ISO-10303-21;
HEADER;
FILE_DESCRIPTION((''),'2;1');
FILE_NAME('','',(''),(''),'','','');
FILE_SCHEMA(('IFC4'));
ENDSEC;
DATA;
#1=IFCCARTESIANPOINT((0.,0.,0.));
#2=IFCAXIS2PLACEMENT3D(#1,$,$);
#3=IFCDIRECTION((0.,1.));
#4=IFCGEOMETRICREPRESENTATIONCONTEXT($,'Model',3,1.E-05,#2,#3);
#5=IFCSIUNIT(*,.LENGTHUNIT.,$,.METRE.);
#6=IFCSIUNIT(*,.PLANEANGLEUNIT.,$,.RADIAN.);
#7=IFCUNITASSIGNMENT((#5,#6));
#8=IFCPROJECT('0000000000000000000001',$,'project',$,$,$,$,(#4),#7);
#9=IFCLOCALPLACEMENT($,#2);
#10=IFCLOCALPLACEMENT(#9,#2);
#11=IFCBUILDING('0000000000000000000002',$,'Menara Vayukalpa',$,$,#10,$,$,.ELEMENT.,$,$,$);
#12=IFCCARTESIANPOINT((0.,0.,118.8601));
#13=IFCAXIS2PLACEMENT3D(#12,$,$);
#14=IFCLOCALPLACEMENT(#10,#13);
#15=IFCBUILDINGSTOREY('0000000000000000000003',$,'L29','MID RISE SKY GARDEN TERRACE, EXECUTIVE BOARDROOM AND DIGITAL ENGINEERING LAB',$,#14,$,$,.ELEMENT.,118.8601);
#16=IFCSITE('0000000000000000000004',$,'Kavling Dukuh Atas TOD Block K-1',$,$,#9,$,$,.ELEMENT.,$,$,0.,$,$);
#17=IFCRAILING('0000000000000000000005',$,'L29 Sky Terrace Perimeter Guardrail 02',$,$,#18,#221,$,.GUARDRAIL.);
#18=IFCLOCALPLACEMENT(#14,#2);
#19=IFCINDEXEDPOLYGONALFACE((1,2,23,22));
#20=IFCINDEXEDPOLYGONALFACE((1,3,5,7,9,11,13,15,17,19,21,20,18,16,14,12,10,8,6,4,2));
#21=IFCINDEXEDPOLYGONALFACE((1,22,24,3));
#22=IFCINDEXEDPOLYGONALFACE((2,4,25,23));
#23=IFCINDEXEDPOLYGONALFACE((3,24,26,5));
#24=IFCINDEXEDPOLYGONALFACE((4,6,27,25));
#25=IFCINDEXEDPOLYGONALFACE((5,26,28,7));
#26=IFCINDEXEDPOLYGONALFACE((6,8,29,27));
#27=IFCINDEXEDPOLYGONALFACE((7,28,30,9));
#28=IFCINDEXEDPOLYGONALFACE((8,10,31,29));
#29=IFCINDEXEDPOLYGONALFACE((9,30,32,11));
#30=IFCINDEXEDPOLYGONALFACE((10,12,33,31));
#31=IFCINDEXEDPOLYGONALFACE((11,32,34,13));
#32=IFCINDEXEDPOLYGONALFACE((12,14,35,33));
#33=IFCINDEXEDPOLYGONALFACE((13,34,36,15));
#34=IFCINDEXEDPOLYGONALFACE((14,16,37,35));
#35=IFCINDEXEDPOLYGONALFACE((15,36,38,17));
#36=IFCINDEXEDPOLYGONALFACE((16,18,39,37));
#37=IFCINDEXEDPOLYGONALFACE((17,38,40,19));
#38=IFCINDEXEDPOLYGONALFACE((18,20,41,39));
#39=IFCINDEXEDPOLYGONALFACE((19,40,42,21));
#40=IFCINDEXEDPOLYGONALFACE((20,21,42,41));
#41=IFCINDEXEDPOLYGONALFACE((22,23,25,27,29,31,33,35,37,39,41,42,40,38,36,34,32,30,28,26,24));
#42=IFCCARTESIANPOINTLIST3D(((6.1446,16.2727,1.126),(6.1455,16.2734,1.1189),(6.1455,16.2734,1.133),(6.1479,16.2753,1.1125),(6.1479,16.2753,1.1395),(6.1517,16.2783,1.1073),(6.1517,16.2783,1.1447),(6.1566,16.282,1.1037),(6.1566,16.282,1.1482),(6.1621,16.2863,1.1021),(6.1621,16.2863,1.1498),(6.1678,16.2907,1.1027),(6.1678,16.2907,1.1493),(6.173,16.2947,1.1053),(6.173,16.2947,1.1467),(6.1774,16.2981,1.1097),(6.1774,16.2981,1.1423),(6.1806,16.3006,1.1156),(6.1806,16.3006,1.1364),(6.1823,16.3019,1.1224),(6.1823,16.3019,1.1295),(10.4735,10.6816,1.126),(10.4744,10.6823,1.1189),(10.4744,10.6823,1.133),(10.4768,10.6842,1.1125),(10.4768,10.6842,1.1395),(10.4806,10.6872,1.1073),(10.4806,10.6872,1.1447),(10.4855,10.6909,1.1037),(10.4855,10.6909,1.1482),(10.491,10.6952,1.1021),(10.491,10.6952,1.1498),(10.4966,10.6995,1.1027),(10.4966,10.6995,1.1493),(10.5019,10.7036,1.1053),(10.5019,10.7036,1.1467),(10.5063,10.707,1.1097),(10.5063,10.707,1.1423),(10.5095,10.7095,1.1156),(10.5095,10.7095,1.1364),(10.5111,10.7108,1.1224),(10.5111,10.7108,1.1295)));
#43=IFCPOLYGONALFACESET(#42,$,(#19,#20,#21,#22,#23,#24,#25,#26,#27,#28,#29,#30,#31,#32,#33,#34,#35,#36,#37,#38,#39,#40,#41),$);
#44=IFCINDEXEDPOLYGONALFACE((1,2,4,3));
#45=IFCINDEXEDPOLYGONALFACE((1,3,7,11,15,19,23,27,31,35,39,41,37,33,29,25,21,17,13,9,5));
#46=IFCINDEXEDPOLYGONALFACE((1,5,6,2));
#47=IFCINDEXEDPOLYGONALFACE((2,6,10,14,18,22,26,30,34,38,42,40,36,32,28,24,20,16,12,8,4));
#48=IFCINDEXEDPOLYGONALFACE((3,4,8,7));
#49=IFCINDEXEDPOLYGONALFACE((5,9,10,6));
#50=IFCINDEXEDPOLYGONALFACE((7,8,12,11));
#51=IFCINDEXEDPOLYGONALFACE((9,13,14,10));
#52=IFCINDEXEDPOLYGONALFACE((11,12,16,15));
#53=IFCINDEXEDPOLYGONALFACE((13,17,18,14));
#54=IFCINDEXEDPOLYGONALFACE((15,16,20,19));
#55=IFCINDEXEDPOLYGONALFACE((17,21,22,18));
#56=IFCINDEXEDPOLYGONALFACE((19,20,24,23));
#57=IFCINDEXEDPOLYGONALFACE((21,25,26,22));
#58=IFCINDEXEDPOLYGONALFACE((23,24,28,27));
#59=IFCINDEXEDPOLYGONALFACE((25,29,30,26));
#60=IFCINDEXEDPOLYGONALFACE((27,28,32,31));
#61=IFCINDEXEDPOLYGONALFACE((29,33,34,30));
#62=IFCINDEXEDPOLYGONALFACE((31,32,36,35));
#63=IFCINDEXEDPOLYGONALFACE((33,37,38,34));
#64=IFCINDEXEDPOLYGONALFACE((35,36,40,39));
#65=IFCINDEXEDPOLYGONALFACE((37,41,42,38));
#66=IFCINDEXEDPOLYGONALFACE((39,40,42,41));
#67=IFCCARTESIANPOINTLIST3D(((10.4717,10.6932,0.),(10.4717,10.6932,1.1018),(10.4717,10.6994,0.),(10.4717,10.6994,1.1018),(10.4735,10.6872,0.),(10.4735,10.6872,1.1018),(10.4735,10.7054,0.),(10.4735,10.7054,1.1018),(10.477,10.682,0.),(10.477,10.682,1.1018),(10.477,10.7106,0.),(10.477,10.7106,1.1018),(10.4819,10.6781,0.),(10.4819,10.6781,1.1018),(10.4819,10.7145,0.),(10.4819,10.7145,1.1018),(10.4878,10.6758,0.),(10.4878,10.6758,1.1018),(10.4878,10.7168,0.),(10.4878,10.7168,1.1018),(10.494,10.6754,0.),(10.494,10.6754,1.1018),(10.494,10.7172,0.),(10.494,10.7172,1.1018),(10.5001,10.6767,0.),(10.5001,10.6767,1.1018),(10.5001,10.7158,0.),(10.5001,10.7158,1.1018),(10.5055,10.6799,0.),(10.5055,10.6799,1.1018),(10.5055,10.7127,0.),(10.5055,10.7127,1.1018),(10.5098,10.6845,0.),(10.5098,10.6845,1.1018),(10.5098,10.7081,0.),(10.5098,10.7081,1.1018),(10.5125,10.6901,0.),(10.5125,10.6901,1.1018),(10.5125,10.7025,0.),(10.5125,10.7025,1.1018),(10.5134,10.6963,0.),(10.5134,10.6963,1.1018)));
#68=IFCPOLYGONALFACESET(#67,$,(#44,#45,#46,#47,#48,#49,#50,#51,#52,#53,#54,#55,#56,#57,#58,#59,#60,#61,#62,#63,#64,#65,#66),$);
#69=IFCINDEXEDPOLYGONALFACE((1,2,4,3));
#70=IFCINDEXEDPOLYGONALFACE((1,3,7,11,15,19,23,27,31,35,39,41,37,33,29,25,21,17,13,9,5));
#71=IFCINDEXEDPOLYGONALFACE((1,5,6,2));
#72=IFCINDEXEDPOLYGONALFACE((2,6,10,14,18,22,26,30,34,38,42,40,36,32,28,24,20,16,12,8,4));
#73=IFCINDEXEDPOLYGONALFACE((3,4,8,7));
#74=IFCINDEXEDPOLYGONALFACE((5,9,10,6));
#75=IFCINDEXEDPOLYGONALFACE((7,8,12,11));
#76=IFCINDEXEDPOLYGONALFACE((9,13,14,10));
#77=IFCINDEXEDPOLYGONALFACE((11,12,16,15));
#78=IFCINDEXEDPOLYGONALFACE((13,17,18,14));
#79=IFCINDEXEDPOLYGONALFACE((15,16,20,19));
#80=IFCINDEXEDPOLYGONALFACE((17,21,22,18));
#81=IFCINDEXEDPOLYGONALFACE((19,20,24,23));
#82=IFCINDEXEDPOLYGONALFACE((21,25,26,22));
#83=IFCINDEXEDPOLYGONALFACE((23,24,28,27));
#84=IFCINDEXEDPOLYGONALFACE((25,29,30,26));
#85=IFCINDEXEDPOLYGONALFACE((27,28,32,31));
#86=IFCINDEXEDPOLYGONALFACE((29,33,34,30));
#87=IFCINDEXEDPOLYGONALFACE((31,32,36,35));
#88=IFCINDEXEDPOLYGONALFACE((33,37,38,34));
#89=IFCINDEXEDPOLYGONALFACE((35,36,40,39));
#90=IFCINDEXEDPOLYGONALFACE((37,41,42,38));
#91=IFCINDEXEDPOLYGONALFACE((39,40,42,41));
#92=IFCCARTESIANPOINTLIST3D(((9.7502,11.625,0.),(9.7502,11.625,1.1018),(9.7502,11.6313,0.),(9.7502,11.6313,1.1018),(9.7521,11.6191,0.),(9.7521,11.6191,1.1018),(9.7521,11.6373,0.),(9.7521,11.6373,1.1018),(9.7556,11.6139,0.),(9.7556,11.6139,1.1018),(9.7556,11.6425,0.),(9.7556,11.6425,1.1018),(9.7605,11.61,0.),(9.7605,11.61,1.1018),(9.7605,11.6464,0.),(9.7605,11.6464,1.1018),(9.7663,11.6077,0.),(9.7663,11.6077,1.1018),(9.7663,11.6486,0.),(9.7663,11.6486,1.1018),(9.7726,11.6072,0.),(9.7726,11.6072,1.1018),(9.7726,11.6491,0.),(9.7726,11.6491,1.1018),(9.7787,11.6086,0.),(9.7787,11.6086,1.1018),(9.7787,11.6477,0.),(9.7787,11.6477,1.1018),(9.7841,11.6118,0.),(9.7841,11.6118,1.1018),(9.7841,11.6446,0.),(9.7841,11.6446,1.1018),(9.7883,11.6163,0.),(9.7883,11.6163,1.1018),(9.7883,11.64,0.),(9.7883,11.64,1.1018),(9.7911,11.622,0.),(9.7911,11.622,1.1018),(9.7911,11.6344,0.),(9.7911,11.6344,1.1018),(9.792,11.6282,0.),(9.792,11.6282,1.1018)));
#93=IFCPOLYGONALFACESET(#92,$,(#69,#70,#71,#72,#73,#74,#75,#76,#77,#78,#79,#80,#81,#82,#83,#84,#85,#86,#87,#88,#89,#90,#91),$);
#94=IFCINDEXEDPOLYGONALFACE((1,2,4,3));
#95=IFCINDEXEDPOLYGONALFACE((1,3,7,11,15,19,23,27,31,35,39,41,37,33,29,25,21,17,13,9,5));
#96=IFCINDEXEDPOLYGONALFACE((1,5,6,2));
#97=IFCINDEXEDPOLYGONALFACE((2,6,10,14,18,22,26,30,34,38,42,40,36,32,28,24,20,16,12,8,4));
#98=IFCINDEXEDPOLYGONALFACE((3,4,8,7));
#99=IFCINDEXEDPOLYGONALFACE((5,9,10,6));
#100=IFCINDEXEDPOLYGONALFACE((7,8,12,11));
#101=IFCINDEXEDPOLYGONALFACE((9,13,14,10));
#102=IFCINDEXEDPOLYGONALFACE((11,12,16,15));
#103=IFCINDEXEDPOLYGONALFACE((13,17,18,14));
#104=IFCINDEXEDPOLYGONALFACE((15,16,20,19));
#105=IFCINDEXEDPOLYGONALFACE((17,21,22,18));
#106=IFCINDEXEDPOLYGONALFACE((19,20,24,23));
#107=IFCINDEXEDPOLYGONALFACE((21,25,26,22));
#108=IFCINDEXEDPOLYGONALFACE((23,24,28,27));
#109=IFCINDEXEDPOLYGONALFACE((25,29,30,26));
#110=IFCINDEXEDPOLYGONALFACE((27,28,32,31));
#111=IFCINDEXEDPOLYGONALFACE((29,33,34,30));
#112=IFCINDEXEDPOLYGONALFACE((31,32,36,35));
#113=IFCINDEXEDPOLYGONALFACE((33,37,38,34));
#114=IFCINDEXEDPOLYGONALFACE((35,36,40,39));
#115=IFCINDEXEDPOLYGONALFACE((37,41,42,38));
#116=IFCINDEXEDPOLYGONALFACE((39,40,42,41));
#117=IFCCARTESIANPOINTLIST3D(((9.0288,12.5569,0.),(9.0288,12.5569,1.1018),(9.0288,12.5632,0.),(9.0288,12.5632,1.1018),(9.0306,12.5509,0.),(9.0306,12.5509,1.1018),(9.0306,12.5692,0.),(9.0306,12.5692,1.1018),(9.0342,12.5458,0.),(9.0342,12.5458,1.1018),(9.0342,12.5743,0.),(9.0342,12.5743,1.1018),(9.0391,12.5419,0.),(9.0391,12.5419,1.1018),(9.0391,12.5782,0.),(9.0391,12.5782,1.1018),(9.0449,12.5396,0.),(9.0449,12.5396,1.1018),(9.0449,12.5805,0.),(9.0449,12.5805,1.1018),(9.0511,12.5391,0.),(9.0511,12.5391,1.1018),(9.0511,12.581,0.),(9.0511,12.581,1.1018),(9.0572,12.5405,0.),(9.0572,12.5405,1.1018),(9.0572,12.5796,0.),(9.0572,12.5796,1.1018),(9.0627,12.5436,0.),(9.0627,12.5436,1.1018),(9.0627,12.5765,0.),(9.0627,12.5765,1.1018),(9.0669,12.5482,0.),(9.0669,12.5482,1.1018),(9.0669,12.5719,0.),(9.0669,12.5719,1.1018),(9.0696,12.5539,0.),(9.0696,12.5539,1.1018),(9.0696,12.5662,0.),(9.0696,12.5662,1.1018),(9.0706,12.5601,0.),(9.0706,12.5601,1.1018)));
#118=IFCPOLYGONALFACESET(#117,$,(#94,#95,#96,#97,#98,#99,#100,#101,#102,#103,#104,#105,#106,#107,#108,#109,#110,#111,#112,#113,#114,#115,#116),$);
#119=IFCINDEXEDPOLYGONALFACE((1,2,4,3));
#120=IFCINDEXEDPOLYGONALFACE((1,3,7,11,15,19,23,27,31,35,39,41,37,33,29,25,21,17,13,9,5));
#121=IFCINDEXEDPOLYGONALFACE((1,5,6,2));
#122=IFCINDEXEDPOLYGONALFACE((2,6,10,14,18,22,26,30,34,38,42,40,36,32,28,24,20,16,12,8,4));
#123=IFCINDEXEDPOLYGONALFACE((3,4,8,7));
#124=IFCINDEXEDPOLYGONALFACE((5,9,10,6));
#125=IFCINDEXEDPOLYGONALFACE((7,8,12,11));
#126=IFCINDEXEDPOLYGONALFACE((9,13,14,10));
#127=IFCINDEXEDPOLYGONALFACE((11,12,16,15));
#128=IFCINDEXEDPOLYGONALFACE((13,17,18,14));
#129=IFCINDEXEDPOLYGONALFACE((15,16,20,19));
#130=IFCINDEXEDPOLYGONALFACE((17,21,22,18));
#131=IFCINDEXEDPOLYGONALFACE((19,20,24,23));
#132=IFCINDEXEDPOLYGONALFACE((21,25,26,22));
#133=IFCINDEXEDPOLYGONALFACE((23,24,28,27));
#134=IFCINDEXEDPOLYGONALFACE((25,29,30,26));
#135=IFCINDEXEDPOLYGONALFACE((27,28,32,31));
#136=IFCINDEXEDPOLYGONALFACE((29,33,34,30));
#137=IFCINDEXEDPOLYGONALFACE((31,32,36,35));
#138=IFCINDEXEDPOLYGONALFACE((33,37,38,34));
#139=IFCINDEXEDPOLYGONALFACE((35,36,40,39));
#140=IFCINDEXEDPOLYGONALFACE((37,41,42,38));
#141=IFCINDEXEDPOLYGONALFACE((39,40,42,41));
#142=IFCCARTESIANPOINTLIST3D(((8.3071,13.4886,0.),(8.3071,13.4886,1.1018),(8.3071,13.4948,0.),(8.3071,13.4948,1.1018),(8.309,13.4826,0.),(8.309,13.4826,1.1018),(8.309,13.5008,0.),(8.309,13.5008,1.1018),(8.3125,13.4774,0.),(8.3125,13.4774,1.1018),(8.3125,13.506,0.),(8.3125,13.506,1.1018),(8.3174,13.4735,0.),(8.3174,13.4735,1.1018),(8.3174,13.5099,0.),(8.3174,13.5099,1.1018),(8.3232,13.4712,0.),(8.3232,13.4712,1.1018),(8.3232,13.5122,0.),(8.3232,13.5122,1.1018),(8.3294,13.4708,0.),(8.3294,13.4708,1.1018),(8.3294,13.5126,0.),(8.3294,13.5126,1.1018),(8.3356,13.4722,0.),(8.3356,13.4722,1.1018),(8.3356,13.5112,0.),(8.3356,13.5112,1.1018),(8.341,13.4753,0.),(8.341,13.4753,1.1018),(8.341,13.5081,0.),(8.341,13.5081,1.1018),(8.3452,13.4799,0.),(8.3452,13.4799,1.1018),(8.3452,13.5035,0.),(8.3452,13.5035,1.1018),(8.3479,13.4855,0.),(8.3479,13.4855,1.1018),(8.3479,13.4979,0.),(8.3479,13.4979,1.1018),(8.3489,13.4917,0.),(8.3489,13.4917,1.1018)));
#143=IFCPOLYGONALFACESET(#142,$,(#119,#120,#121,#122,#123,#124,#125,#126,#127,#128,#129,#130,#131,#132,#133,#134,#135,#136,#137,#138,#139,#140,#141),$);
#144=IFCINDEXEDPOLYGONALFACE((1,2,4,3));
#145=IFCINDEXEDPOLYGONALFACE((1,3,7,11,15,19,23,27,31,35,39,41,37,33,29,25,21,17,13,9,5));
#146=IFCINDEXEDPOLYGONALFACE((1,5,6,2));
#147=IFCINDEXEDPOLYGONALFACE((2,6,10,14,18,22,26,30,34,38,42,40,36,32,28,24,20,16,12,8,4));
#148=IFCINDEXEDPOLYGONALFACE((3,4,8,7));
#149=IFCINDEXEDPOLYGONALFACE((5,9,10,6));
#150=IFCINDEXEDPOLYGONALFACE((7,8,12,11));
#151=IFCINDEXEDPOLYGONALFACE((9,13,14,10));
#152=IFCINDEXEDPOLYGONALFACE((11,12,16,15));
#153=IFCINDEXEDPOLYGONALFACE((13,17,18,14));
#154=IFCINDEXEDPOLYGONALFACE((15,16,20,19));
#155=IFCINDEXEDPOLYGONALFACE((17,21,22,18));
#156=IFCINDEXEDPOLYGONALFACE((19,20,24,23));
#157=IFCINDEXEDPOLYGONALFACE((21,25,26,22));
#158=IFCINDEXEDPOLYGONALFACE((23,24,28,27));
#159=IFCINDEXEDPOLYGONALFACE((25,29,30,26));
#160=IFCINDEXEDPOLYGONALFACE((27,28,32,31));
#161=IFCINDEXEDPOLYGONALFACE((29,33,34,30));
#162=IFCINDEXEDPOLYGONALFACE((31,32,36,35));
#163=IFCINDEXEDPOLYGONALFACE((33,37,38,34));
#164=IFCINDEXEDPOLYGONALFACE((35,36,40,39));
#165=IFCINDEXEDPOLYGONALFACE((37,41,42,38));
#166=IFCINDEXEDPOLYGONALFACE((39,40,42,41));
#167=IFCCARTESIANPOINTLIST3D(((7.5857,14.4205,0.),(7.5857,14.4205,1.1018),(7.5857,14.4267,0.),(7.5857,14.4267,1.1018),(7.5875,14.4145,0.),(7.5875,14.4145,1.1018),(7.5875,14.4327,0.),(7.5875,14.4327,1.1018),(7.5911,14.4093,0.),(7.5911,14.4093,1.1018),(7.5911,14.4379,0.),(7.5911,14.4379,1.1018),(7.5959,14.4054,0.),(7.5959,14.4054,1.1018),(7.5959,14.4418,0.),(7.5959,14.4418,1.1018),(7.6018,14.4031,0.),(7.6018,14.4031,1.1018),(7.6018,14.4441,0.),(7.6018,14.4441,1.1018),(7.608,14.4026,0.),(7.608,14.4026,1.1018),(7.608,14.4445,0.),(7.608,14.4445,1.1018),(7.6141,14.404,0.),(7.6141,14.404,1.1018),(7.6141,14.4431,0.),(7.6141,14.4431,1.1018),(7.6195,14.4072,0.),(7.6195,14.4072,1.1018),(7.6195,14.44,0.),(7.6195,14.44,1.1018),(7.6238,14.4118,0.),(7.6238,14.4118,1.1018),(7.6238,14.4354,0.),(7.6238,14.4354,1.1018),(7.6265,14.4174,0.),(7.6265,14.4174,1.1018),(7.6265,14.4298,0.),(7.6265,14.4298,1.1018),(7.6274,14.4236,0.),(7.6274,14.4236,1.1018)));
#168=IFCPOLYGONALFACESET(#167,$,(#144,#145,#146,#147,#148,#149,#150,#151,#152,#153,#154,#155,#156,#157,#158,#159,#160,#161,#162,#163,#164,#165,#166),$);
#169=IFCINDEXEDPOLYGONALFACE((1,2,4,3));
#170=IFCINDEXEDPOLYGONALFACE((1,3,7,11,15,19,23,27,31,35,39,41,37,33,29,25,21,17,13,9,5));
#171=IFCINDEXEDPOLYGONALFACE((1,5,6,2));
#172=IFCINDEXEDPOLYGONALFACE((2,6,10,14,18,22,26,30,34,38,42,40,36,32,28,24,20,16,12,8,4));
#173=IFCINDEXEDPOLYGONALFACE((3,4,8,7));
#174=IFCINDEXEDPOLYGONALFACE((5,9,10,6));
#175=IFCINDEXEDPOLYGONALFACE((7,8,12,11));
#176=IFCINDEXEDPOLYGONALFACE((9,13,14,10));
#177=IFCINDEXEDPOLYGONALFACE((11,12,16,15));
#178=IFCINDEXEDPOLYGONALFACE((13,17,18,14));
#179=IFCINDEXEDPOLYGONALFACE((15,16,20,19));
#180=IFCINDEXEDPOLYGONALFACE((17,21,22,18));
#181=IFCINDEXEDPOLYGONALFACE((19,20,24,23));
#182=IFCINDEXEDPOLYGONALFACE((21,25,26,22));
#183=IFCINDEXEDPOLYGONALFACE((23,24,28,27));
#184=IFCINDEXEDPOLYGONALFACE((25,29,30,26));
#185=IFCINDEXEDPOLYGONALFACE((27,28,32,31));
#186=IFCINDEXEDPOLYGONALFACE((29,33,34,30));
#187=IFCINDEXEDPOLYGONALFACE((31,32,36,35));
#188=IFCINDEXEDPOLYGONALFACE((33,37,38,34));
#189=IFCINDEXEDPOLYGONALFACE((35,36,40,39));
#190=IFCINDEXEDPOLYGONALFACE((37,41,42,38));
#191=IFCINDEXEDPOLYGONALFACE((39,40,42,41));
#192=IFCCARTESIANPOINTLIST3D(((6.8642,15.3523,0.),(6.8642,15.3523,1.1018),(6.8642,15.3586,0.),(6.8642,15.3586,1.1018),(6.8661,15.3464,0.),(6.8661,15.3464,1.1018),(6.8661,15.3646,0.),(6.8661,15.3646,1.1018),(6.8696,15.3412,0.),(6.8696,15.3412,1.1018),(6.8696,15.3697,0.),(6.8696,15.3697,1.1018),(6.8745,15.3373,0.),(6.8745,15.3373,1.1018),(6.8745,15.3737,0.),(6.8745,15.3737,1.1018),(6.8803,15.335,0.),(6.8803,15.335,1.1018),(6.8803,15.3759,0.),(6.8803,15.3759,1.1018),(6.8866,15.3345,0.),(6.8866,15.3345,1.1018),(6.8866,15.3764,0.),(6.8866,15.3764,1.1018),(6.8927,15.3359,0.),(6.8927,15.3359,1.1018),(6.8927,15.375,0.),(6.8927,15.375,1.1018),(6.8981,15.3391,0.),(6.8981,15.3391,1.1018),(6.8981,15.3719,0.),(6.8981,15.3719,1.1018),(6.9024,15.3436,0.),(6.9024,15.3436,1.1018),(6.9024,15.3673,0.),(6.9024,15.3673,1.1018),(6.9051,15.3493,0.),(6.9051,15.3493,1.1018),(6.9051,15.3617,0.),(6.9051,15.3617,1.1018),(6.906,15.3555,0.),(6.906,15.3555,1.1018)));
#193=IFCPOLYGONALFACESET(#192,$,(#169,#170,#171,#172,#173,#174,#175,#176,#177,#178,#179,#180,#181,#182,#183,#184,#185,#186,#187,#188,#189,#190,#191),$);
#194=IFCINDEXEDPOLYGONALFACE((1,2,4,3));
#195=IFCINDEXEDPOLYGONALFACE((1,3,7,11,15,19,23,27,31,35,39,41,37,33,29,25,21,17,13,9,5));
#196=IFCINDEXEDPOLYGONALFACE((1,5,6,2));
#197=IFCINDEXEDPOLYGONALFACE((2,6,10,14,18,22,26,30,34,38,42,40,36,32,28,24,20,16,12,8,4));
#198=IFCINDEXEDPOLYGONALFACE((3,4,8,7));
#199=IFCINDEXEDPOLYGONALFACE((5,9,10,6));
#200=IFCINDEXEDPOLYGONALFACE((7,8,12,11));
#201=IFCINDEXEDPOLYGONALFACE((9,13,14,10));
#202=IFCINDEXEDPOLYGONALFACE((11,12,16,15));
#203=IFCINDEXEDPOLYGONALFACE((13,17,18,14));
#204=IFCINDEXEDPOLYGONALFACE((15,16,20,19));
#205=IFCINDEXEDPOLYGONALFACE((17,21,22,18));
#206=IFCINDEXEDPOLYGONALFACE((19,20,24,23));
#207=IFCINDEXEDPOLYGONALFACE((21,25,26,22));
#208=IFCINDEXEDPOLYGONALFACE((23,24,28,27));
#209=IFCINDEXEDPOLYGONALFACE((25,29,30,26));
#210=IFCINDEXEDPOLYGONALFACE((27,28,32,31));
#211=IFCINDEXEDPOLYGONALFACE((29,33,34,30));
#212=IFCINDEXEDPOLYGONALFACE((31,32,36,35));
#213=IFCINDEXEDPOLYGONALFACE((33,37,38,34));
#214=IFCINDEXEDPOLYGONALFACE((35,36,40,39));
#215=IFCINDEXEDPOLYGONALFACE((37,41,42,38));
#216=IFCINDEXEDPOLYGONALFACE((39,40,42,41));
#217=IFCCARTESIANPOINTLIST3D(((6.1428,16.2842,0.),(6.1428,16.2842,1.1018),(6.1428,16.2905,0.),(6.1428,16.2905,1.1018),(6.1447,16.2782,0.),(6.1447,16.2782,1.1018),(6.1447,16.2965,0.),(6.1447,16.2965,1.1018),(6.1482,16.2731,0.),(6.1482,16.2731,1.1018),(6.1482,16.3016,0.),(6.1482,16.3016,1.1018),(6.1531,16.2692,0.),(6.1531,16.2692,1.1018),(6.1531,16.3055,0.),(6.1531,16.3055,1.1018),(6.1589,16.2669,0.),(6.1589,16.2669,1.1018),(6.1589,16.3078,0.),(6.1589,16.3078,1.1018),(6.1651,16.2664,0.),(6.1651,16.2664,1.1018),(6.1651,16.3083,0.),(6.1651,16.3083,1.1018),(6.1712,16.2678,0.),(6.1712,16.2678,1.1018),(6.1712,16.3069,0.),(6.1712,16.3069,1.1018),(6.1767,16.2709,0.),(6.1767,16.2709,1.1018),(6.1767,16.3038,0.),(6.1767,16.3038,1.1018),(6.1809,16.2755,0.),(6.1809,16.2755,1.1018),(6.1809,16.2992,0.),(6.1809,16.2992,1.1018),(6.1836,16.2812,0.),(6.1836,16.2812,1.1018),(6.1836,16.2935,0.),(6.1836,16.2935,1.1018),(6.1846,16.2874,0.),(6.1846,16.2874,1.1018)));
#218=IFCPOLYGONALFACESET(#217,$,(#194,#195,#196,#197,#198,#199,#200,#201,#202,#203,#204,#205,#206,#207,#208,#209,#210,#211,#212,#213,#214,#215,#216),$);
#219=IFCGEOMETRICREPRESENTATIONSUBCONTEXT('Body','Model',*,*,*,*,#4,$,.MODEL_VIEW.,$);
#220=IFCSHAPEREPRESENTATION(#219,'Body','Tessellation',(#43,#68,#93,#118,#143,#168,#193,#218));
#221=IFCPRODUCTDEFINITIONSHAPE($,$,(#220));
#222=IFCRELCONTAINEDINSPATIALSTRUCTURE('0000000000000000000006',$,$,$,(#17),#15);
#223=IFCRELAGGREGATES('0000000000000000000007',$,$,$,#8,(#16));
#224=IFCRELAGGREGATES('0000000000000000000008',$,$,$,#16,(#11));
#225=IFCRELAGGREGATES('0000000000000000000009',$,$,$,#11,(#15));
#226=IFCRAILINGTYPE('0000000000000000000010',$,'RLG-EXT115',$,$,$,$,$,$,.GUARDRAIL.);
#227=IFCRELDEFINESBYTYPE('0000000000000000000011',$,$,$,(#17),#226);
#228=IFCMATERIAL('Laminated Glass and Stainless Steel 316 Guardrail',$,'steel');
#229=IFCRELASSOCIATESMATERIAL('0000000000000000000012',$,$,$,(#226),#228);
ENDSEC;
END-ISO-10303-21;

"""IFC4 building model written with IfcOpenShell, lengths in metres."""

from ifc_helpers import new_model, si_unit, direction, frame, origin, origin_2d, place, context, subcontext, project, spatial, circle, extrude, material, type_object, element, save


model = new_model("IFC4")

# Units and contexts
model_context = context("Model", 3, precision=1e-05, world=origin(), true_north=direction((0.0, 1.0)))
body_context = subcontext(model_context, "Body", "Model", "MODEL_VIEW")
ifc_project = project(units=[si_unit("LENGTHUNIT", "METRE"), si_unit("PLANEANGLEUNIT", "RADIAN")], contexts=[model_context])

# Site, building, storey
site_placement = place(None, origin())
site = spatial("IfcSite", under=ifc_project, at=site_placement, Name="Kavling Dukuh Atas TOD Block K-1", CompositionType="ELEMENT", RefElevation=0.0)
building_placement = place(site_placement, origin())
building = spatial("IfcBuilding", under=site, at=building_placement, Name="Menara Vayukalpa", CompositionType="ELEMENT")
storey_placement = place(building_placement, frame((0.0, 0.0, 118.8601)))
storey = spatial("IfcBuildingStorey", under=building, at=storey_placement, Name="L29", Description="MID RISE SKY GARDEN TERRACE, EXECUTIVE BOARDROOM AND DIGITAL ENGINEERING LAB", CompositionType="ELEMENT", Elevation=118.8601)

# Railing
ifc_material_1 = material(Name="Laminated Glass and Stainless Steel 316 Guardrail", Category="steel")
railing_type = type_object("IfcRailingType", Name="RLG-EXT115", PredefinedType="GUARDRAIL", material=ifc_material_1)
railing_1_placement = place(storey_placement, frame((10.4924, 10.6963, 0.0)))
element("IfcRailing", 1, at=railing_1_placement, inside=storey, type_object=railing_type, Name="L29 Sky Terrace Perimeter Guardrail 02", PredefinedType="GUARDRAIL", context=body_context, shape_type="SweptSolid", body=[
    extrude(circle(Radius=0.0239, at=origin_2d()), frame((0.0, 0.0, 1.126), z_axis=(-0.612199, 0.790704, 0.0), x_axis=(-0.790704, -0.612199, 0.0)), (0.0, 0.0, 1.0), 7.071),
    extrude(circle(Radius=0.021, at=origin_2d()), origin(), (0.0, 0.0, 1.0), 1.1018),
    extrude(circle(Radius=0.021, at=origin_2d()), frame((-0.7214, 0.9319, 0.0)), (0.0, 0.0, 1.0), 1.1018),
    extrude(circle(Radius=0.021, at=origin_2d()), frame((-1.4429, 1.8638, 0.0)), (0.0, 0.0, 1.0), 1.1018),
    extrude(circle(Radius=0.021, at=origin_2d()), frame((-2.1646, 2.7954, 0.0)), (0.0, 0.0, 1.0), 1.1018),
    extrude(circle(Radius=0.021, at=origin_2d()), frame((-2.886, 3.7273, 0.0)), (0.0, 0.0, 1.0), 1.1018),
    extrude(circle(Radius=0.021, at=origin_2d()), frame((-3.6074, 4.6592, 0.0)), (0.0, 0.0, 1.0), 1.1018),
    extrude(circle(Radius=0.021, at=origin_2d()), frame((-4.3289, 5.5911, 0.0)), (0.0, 0.0, 1.0), 1.1018),
])

save(model, "model.ifc")
